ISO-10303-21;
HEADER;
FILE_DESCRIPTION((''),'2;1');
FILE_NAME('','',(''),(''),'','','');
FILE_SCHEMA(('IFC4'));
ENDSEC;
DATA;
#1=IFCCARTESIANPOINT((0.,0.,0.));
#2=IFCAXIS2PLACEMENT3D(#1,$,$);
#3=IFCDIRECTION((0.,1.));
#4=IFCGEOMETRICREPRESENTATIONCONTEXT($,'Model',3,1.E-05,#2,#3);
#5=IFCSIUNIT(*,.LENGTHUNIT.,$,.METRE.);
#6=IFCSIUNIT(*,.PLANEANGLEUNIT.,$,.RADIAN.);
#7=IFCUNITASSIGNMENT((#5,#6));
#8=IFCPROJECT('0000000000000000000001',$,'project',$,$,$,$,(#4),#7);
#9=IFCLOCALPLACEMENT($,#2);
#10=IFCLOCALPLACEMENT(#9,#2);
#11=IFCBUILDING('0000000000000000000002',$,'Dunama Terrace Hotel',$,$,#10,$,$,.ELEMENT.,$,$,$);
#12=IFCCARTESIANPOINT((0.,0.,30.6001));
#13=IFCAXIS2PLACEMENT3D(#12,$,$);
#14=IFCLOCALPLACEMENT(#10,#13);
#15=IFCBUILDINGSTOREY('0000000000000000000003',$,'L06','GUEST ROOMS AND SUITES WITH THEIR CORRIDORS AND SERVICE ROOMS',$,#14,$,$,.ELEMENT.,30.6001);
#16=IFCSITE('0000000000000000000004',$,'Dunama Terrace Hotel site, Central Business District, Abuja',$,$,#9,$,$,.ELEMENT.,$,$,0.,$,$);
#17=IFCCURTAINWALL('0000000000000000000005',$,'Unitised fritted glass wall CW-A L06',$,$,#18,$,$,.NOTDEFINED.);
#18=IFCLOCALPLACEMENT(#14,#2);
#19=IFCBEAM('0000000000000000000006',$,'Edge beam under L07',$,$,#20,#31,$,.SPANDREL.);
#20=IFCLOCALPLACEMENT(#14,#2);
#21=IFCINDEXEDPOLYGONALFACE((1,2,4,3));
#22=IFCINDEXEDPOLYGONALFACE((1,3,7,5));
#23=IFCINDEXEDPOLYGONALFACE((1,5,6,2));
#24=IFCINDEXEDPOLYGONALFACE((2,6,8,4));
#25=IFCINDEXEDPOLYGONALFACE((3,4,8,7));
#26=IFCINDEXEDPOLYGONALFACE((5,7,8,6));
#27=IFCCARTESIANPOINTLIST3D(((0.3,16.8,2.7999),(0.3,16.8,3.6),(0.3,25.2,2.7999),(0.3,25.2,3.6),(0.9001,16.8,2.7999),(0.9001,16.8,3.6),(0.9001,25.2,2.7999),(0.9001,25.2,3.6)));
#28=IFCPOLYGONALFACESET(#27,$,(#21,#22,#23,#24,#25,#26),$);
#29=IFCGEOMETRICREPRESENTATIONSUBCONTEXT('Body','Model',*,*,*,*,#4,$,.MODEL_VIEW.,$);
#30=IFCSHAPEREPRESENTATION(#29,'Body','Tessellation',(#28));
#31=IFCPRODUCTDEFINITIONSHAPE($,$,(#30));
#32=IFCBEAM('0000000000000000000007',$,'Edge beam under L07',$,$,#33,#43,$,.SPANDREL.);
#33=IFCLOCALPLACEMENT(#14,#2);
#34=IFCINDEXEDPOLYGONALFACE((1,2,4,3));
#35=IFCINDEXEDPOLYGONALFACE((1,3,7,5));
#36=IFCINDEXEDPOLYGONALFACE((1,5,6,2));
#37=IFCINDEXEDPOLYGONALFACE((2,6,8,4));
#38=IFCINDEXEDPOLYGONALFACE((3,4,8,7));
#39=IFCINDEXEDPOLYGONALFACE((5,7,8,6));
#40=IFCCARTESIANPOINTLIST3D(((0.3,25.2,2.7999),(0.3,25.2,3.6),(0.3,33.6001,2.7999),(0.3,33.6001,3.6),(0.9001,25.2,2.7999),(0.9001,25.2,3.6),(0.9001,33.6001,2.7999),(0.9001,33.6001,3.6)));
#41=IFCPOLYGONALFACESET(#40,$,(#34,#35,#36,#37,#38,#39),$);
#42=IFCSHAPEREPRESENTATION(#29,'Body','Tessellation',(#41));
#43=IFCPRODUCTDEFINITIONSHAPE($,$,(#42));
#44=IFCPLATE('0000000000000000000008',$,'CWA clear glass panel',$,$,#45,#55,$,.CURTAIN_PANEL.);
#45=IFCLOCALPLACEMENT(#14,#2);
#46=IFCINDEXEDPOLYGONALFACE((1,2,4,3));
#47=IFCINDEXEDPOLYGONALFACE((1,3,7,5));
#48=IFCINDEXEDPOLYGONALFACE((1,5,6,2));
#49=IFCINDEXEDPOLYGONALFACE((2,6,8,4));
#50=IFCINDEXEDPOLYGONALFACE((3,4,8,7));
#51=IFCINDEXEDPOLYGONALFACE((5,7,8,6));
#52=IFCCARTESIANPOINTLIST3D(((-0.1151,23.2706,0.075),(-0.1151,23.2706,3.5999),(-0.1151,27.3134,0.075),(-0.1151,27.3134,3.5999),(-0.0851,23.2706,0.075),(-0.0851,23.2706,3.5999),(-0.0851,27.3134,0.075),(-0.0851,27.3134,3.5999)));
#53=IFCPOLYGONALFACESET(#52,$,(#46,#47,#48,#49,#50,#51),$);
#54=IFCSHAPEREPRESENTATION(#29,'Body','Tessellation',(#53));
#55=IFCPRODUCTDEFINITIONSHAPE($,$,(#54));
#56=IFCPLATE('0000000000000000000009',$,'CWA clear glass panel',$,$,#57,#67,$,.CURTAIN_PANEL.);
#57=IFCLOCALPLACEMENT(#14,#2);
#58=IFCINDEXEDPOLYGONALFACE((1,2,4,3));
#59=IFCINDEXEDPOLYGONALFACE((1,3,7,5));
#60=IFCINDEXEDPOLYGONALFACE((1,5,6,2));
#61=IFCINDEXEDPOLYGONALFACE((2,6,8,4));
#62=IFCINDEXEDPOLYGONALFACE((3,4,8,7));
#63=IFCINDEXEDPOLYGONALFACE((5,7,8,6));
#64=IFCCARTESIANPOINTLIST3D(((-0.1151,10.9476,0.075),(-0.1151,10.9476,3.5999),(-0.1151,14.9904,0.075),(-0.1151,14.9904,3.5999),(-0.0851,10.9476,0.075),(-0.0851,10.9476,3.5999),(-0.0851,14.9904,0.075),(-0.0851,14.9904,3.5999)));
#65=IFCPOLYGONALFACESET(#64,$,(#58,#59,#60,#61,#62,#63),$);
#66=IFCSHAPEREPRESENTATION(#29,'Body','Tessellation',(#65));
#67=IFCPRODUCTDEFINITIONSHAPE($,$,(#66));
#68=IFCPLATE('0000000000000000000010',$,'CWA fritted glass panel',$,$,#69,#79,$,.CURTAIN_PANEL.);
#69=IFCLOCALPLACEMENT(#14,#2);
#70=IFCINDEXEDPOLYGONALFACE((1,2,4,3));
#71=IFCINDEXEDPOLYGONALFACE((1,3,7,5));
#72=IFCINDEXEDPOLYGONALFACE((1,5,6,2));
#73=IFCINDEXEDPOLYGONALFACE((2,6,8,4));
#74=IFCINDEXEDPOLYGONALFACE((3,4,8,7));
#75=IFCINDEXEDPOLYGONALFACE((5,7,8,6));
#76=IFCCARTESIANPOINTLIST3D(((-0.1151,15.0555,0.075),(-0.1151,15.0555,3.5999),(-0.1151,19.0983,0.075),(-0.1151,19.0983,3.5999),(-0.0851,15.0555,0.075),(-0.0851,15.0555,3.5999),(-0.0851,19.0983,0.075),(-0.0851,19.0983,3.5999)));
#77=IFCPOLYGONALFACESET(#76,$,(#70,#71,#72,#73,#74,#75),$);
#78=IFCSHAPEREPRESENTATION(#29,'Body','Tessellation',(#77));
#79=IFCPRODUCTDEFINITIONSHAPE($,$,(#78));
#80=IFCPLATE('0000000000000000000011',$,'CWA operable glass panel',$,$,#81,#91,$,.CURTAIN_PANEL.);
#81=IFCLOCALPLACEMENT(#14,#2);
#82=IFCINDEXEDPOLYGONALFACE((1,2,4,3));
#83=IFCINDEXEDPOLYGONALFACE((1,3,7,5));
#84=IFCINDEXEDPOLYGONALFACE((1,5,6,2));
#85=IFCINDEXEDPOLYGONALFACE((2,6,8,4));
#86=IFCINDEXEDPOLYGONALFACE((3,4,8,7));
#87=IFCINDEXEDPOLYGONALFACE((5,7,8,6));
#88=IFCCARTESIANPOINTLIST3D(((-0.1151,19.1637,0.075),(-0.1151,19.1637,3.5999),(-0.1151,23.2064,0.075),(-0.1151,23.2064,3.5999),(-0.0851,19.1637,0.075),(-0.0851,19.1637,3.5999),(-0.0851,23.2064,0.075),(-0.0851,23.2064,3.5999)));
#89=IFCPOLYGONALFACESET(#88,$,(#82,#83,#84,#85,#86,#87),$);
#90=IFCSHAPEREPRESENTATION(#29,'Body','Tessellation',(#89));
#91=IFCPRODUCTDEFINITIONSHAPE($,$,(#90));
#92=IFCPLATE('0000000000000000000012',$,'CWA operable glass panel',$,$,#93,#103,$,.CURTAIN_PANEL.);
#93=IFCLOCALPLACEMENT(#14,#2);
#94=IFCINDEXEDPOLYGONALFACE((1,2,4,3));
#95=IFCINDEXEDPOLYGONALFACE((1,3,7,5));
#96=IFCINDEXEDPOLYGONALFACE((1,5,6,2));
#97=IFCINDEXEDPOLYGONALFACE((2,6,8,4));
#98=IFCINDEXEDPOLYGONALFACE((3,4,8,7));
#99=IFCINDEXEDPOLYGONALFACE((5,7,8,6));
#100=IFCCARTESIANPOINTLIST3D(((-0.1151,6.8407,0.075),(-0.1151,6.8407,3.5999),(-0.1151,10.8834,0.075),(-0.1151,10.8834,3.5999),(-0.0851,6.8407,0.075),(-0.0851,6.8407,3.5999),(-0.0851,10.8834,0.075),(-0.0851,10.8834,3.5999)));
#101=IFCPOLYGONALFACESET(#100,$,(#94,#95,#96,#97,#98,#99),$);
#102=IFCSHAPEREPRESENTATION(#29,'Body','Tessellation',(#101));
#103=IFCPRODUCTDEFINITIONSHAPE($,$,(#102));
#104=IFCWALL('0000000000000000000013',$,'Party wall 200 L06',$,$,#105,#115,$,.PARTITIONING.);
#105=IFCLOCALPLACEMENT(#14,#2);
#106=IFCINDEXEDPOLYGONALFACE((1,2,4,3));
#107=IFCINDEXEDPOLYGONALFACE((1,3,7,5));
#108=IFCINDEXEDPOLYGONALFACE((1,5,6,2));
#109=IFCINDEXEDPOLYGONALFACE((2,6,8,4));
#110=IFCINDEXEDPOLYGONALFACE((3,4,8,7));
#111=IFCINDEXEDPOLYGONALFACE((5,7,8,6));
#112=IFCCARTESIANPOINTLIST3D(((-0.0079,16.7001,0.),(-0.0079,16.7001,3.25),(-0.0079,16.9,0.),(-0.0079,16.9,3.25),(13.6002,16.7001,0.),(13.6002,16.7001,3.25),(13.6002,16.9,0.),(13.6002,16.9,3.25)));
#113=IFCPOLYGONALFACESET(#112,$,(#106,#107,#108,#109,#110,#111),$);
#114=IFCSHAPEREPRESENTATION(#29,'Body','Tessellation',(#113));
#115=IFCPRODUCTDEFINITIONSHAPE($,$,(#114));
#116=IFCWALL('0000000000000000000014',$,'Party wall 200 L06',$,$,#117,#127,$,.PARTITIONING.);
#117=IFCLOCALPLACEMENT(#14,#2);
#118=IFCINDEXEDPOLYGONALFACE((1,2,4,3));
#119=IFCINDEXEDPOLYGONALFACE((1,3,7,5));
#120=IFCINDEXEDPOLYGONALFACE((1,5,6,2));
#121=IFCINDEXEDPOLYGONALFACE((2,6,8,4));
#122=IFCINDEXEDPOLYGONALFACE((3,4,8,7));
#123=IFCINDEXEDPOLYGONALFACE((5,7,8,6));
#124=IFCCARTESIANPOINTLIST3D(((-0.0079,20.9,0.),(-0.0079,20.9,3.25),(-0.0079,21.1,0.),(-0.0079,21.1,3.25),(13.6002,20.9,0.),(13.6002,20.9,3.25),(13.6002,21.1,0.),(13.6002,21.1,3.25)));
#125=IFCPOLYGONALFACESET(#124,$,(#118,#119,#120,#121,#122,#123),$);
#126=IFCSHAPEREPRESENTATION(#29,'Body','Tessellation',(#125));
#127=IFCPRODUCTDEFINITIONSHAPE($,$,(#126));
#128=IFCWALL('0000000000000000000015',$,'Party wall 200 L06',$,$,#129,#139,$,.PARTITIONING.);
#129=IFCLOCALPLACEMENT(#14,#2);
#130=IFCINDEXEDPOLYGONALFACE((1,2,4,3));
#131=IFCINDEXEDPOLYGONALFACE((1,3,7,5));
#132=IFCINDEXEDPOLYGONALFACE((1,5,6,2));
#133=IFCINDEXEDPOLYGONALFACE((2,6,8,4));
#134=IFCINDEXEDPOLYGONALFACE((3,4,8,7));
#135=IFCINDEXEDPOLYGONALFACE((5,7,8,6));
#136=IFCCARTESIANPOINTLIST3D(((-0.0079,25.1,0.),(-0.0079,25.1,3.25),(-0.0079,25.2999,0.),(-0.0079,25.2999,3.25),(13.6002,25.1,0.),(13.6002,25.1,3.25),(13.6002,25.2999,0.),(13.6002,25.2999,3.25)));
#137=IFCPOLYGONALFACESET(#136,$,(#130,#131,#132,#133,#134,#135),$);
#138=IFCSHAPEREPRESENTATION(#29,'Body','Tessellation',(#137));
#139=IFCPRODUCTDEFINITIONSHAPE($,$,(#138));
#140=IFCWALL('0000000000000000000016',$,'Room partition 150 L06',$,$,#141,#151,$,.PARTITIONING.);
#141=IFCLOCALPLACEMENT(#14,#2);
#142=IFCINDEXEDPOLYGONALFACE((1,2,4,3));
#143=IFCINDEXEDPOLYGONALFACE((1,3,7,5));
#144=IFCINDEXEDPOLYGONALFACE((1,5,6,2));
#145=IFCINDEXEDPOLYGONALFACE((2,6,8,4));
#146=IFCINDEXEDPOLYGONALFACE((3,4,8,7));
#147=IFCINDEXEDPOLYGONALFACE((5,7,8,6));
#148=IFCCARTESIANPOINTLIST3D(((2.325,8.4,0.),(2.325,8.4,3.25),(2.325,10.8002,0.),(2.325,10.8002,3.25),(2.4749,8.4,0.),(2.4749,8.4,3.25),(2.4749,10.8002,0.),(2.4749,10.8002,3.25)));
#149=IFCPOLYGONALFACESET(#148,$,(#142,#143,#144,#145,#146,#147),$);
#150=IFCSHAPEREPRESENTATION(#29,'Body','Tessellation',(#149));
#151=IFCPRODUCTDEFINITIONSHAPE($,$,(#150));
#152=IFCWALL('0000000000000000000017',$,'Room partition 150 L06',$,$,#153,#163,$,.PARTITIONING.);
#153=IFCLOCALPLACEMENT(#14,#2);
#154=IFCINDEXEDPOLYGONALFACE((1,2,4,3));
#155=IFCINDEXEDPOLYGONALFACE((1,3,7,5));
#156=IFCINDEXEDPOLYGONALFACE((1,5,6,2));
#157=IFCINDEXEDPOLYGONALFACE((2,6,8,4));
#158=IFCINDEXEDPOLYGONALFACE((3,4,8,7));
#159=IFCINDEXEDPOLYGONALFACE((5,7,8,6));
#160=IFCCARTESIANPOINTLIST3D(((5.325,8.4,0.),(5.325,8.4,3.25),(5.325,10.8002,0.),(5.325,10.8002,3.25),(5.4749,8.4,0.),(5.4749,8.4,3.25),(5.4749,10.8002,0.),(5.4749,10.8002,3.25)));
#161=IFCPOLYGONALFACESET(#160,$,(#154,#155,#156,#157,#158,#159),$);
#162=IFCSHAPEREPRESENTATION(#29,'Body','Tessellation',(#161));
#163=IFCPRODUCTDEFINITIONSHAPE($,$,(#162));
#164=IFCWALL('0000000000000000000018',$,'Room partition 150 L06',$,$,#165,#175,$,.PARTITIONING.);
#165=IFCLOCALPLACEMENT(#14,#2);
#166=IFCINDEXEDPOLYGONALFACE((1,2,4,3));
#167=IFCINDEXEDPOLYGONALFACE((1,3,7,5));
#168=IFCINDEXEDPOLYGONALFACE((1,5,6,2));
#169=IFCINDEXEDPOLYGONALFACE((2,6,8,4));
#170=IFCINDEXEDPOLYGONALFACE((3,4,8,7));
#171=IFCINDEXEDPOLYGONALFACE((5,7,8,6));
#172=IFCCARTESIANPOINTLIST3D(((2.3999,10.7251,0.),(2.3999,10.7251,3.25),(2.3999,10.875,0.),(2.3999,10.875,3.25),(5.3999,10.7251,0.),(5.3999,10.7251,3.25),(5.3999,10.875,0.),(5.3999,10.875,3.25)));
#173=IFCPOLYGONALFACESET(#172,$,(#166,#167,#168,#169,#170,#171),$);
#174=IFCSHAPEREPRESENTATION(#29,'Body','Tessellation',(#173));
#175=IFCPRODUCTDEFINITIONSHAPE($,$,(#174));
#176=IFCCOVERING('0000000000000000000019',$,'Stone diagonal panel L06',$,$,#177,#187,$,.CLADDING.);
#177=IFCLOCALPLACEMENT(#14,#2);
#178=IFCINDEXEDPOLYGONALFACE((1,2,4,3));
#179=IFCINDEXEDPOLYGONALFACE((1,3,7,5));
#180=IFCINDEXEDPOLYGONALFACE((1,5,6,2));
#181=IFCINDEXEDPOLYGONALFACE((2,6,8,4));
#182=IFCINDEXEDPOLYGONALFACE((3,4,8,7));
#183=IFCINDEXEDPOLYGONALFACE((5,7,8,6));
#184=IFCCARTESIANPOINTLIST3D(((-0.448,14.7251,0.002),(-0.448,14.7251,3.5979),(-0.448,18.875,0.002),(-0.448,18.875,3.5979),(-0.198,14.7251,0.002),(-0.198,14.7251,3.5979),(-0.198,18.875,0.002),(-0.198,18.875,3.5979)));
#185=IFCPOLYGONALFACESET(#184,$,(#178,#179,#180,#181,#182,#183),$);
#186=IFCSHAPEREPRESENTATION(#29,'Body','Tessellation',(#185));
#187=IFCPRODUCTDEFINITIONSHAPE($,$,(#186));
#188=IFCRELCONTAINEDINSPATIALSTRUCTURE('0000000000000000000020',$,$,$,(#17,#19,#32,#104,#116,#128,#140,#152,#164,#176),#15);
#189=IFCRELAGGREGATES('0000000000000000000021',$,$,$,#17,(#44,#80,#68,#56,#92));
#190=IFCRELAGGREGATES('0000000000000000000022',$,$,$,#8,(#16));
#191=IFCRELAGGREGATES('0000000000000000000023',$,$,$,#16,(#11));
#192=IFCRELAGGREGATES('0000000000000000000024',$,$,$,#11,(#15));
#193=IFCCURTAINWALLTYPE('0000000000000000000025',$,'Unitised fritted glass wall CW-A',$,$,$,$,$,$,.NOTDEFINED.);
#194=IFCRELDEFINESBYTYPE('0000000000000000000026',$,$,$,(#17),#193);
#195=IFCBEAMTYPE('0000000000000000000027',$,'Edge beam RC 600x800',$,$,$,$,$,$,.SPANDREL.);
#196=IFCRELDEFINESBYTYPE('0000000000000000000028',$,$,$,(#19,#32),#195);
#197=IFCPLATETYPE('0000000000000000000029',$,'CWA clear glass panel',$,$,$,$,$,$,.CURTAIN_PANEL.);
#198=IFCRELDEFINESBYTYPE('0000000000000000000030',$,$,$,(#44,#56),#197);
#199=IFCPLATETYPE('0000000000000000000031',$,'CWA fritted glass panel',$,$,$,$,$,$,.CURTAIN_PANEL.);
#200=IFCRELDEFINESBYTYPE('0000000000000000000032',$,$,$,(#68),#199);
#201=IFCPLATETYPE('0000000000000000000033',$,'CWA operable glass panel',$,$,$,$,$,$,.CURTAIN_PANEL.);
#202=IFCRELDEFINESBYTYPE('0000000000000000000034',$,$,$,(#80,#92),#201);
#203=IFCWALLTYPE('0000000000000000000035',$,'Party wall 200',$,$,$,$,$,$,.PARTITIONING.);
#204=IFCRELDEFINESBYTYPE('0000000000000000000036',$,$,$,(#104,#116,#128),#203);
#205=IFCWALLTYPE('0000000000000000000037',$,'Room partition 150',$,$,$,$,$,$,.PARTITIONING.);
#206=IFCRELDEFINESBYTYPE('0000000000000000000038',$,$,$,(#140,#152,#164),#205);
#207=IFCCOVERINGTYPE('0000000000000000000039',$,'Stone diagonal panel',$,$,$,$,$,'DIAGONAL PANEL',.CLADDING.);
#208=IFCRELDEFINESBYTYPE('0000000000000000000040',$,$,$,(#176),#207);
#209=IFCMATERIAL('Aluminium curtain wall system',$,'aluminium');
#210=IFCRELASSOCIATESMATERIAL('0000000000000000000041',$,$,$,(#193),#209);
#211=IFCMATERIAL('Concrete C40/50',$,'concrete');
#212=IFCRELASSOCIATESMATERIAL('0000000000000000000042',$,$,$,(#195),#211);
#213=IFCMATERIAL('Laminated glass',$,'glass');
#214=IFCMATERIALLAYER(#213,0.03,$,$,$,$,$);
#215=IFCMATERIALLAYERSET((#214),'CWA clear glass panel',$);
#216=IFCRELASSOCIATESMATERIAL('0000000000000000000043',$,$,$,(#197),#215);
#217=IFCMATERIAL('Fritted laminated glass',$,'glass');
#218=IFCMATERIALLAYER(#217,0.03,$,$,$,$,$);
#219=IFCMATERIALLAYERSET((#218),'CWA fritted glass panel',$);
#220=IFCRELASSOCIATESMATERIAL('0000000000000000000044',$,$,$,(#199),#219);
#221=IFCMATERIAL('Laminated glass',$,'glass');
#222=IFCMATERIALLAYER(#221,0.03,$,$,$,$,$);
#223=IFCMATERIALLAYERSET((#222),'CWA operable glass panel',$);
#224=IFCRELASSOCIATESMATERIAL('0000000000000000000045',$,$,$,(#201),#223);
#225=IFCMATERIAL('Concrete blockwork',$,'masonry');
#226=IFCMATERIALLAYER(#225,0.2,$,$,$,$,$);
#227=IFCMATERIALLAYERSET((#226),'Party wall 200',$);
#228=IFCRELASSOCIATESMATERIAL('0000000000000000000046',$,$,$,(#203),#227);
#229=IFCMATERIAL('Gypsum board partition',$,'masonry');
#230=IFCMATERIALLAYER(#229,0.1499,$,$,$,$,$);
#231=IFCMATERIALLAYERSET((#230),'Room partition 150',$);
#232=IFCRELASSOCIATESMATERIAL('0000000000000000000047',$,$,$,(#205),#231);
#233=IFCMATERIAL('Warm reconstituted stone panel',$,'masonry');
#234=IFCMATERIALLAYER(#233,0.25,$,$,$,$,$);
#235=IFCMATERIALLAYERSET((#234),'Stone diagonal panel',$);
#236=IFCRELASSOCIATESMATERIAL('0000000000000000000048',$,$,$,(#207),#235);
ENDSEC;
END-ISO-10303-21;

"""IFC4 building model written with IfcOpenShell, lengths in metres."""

from ifc_helpers import new_model, si_unit, direction, frame, frame_2d, origin, origin_2d, place, context, subcontext, project, spatial, rectangle, extrude, material, layer, layer_set, material_profile, profile_set, type_object, element, aggregate, save


model = new_model("IFC4")

# Units and contexts
model_context = context("Model", 3, precision=1e-05, world=origin(), true_north=direction((0.0, 1.0)))
body_context = subcontext(model_context, "Body", "Model", "MODEL_VIEW")
ifc_project = project(units=[si_unit("LENGTHUNIT", "METRE"), si_unit("PLANEANGLEUNIT", "RADIAN")], contexts=[model_context])

# Site, building, storey
site_placement = place(None, origin())
site = spatial("IfcSite", under=ifc_project, at=site_placement, Name="Dunama Terrace Hotel site, Central Business District, Abuja", CompositionType="ELEMENT", RefElevation=0.0)
building_placement = place(site_placement, origin())
building = spatial("IfcBuilding", under=site, at=building_placement, Name="Dunama Terrace Hotel", CompositionType="ELEMENT")
storey_placement = place(building_placement, frame((0.0, 0.0, 30.6001)))
storey = spatial("IfcBuildingStorey", under=building, at=storey_placement, Name="L06", Description="GUEST ROOMS AND SUITES WITH THEIR CORRIDORS AND SERVICE ROOMS", CompositionType="ELEMENT", Elevation=30.6001)

# Curtain wall
ifc_material_1 = material(Name="Aluminium curtain wall system", Category="aluminium")
curtain_wall_type = type_object("IfcCurtainWallType", Name="Unitised fritted glass wall CW-A", PredefinedType="NOTDEFINED", material=ifc_material_1)
curtain_wall_placement = place(storey_placement, origin())
curtain_wall = element("IfcCurtainWall", 1, at=curtain_wall_placement, inside=storey, type_object=curtain_wall_type, Name="Unitised fritted glass wall CW-A L06", PredefinedType="NOTDEFINED")

# Beams
ifc_material_2 = material(Name="Concrete C40/50", Category="concrete")
ifc_material_profile_1 = material_profile(ifc_material_2, rectangle(XDim=0.6001, YDim=0.8, at=origin_2d()), Name="RC 600x800")
ifc_profile_set_1 = profile_set([ifc_material_profile_1], Name="Concrete C40/50")
beam_type = type_object("IfcBeamType", Name="Edge beam RC 600x800", PredefinedType="SPANDREL", material=ifc_profile_set_1)
beam_1_placement = place(storey_placement, frame((0.6001, 16.8, 3.2), z_axis=(0.0, 1.0, 0.0), x_axis=(-1.0, 0.0, 0.0)))
element("IfcBeam", 2, at=beam_1_placement, inside=storey, type_object=beam_type, Name="Edge beam under L07", PredefinedType="SPANDREL", context=body_context, shape_type="SweptSolid", body=[
    extrude(rectangle(XDim=0.6001, YDim=0.8, at=origin_2d()), origin(), (0.0, 0.0, 1.0), 8.3999),
])
beam_2_placement = place(storey_placement, frame((0.6001, 25.2, 3.2), z_axis=(0.0, 1.0, 0.0), x_axis=(-1.0, 0.0, 0.0)))
element("IfcBeam", 3, at=beam_2_placement, inside=storey, type_object=beam_type, Name="Edge beam under L07", PredefinedType="SPANDREL", context=body_context, shape_type="SweptSolid", body=[
    extrude(rectangle(XDim=0.6001, YDim=0.8, at=origin_2d()), origin(), (0.0, 0.0, 1.0), 8.4001),
])

# Plates
ifc_material_3 = material(Name="Laminated glass", Category="glass")
ifc_layer_1 = layer(ifc_material_3, 0.03)
ifc_layer_set_1 = layer_set([ifc_layer_1], Name="CWA clear glass panel")
plate_type_1 = type_object("IfcPlateType", Name="CWA clear glass panel", PredefinedType="CURTAIN_PANEL", material=ifc_layer_set_1)
plate_1_placement = place(storey_placement, frame((-0.1001, 25.292, 0.075), z_axis=(0.0, 0.0, 1.0), x_axis=(0.0, -1.0, 0.0)))
plate_1 = element("IfcPlate", 4, at=plate_1_placement, type_object=plate_type_1, Name="CWA clear glass panel", PredefinedType="CURTAIN_PANEL", context=body_context, shape_type="SweptSolid", body=[
    extrude(rectangle(XDim=4.0427, YDim=0.03, at=origin_2d()), origin(), (0.0, 0.0, 1.0), 3.5249),
])
plate_2_placement = place(storey_placement, frame((-0.1001, 12.969, 0.075), z_axis=(0.0, 0.0, 1.0), x_axis=(0.0, -1.0, 0.0)))
plate_2 = element("IfcPlate", 5, at=plate_2_placement, type_object=plate_type_1, Name="CWA clear glass panel", PredefinedType="CURTAIN_PANEL", context=body_context, shape_type="SweptSolid", body=[
    extrude(rectangle(XDim=4.0427, YDim=0.03, at=origin_2d()), origin(), (0.0, 0.0, 1.0), 3.5249),
])
ifc_material_4 = material(Name="Fritted laminated glass", Category="glass")
ifc_layer_2 = layer(ifc_material_4, 0.03)
ifc_layer_set_2 = layer_set([ifc_layer_2], Name="CWA fritted glass panel")
plate_type_2 = type_object("IfcPlateType", Name="CWA fritted glass panel", PredefinedType="CURTAIN_PANEL", material=ifc_layer_set_2)
plate_3_placement = place(storey_placement, frame((-0.1001, 17.0769, 0.075), z_axis=(0.0, 0.0, 1.0), x_axis=(0.0, -1.0, 0.0)))
plate_3 = element("IfcPlate", 6, at=plate_3_placement, type_object=plate_type_2, Name="CWA fritted glass panel", PredefinedType="CURTAIN_PANEL", context=body_context, shape_type="SweptSolid", body=[
    extrude(rectangle(XDim=4.0427, YDim=0.03, at=origin_2d()), origin(), (0.0, 0.0, 1.0), 3.5249),
])
ifc_material_5 = material(Name="Laminated glass", Category="glass")
ifc_layer_3 = layer(ifc_material_5, 0.03)
ifc_layer_set_3 = layer_set([ifc_layer_3], Name="CWA operable glass panel")
plate_type_3 = type_object("IfcPlateType", Name="CWA operable glass panel", PredefinedType="CURTAIN_PANEL", material=ifc_layer_set_3)
plate_4_placement = place(storey_placement, frame((-0.1001, 21.1851, 0.075), z_axis=(0.0, 0.0, 1.0), x_axis=(0.0, -1.0, 0.0)))
plate_4 = element("IfcPlate", 7, at=plate_4_placement, type_object=plate_type_3, Name="CWA operable glass panel", PredefinedType="CURTAIN_PANEL", context=body_context, shape_type="SweptSolid", body=[
    extrude(rectangle(XDim=4.0427, YDim=0.03, at=origin_2d()), origin(), (0.0, 0.0, 1.0), 3.5249),
])
plate_5_placement = place(storey_placement, frame((-0.1001, 8.8621, 0.075), z_axis=(0.0, 0.0, 1.0), x_axis=(0.0, -1.0, 0.0)))
plate_5 = element("IfcPlate", 8, at=plate_5_placement, type_object=plate_type_3, Name="CWA operable glass panel", PredefinedType="CURTAIN_PANEL", context=body_context, shape_type="SweptSolid", body=[
    extrude(rectangle(XDim=4.0427, YDim=0.03, at=origin_2d()), origin(), (0.0, 0.0, 1.0), 3.5249),
])
aggregate(curtain_wall, [plate_1, plate_4, plate_3, plate_2, plate_5])

# Walls
ifc_material_6 = material(Name="Concrete blockwork", Category="masonry")
ifc_layer_4 = layer(ifc_material_6, 0.2)
ifc_layer_set_4 = layer_set([ifc_layer_4], Name="Party wall 200")
wall_type_1 = type_object("IfcWallType", Name="Party wall 200", PredefinedType="PARTITIONING", material=ifc_layer_set_4)
for number, where, z_axis, x_axis, name in (
    (9, (-0.0081, 16.8, 0.0), (0.0, 0.0, 1.0), (1.0, 0.0, 0.0), "Party wall 200 L06"),
    (10, (-0.0081, 21.0, 0.0), (0.0, 0.0, 1.0), (1.0, 0.0, 0.0), "Party wall 200 L06"),
    (11, (-0.0081, 25.2, 0.0), (0.0, 0.0, 1.0), (1.0, 0.0, 0.0), "Party wall 200 L06"),
):
    element("IfcWall", number, at=place(storey_placement, frame(where, z_axis=z_axis, x_axis=x_axis)), inside=storey, type_object=wall_type_1, Name=name, PredefinedType="PARTITIONING", context=body_context, shape_type="SweptSolid", body=[
        extrude(rectangle(XDim=13.6082, YDim=0.2, at=frame_2d((6.8042, 0.0))), origin(), (0.0, 0.0, 1.0), 3.25),
    ])
ifc_material_7 = material(Name="Gypsum board partition", Category="masonry")
ifc_layer_5 = layer(ifc_material_7, 0.1499)
ifc_layer_set_5 = layer_set([ifc_layer_5], Name="Room partition 150")
wall_type_2 = type_object("IfcWallType", Name="Room partition 150", PredefinedType="PARTITIONING", material=ifc_layer_set_5)
for number, where, z_axis, x_axis, name in (
    (12, (2.3999, 8.3999, 0.0), (0.0, 0.0, 1.0), (0.0, 1.0, 0.0), "Room partition 150 L06"),
    (13, (5.3999, 8.3999, 0.0), (0.0, 0.0, 1.0), (0.0, 1.0, 0.0), "Room partition 150 L06"),
):
    element("IfcWall", number, at=place(storey_placement, frame(where, z_axis=z_axis, x_axis=x_axis)), inside=storey, type_object=wall_type_2, Name=name, PredefinedType="PARTITIONING", context=body_context, shape_type="SweptSolid", body=[
        extrude(rectangle(XDim=2.4001, YDim=0.1499, at=frame_2d((1.2002, 0.0))), origin(), (0.0, 0.0, 1.0), 3.25),
    ])
wall_placement = place(storey_placement, frame((2.3999, 10.8, 0.0), z_axis=(0.0, 0.0, 1.0), x_axis=(1.0, 0.0, 0.0)))
element("IfcWall", 14, at=wall_placement, inside=storey, type_object=wall_type_2, Name="Room partition 150 L06", PredefinedType="PARTITIONING", context=body_context, shape_type="SweptSolid", body=[
    extrude(rectangle(XDim=3.0, YDim=0.1499, at=frame_2d((1.5, 0.0))), origin(), (0.0, 0.0, 1.0), 3.25),
])

# Covering
ifc_material_8 = material(Name="Warm reconstituted stone panel", Category="masonry")
ifc_layer_6 = layer(ifc_material_8, 0.25)
ifc_layer_set_6 = layer_set([ifc_layer_6], Name="Stone diagonal panel")
covering_type = type_object("IfcCoveringType", Name="Stone diagonal panel", ElementType="DIAGONAL PANEL", PredefinedType="CLADDING", material=ifc_layer_set_6)
covering_placement = place(storey_placement, frame((-0.323, 16.8, 0.002), z_axis=(0.0, 0.0, 1.0), x_axis=(0.0, -1.0, 0.0)))
element("IfcCovering", 15, at=covering_placement, inside=storey, type_object=covering_type, Name="Stone diagonal panel L06", PredefinedType="CLADDING", context=body_context, shape_type="SweptSolid", body=[
    extrude(rectangle(XDim=4.1499, YDim=0.25, at=origin_2d()), origin(), (0.0, 0.0, 1.0), 3.5959),
])

save(model, "model.ifc")
